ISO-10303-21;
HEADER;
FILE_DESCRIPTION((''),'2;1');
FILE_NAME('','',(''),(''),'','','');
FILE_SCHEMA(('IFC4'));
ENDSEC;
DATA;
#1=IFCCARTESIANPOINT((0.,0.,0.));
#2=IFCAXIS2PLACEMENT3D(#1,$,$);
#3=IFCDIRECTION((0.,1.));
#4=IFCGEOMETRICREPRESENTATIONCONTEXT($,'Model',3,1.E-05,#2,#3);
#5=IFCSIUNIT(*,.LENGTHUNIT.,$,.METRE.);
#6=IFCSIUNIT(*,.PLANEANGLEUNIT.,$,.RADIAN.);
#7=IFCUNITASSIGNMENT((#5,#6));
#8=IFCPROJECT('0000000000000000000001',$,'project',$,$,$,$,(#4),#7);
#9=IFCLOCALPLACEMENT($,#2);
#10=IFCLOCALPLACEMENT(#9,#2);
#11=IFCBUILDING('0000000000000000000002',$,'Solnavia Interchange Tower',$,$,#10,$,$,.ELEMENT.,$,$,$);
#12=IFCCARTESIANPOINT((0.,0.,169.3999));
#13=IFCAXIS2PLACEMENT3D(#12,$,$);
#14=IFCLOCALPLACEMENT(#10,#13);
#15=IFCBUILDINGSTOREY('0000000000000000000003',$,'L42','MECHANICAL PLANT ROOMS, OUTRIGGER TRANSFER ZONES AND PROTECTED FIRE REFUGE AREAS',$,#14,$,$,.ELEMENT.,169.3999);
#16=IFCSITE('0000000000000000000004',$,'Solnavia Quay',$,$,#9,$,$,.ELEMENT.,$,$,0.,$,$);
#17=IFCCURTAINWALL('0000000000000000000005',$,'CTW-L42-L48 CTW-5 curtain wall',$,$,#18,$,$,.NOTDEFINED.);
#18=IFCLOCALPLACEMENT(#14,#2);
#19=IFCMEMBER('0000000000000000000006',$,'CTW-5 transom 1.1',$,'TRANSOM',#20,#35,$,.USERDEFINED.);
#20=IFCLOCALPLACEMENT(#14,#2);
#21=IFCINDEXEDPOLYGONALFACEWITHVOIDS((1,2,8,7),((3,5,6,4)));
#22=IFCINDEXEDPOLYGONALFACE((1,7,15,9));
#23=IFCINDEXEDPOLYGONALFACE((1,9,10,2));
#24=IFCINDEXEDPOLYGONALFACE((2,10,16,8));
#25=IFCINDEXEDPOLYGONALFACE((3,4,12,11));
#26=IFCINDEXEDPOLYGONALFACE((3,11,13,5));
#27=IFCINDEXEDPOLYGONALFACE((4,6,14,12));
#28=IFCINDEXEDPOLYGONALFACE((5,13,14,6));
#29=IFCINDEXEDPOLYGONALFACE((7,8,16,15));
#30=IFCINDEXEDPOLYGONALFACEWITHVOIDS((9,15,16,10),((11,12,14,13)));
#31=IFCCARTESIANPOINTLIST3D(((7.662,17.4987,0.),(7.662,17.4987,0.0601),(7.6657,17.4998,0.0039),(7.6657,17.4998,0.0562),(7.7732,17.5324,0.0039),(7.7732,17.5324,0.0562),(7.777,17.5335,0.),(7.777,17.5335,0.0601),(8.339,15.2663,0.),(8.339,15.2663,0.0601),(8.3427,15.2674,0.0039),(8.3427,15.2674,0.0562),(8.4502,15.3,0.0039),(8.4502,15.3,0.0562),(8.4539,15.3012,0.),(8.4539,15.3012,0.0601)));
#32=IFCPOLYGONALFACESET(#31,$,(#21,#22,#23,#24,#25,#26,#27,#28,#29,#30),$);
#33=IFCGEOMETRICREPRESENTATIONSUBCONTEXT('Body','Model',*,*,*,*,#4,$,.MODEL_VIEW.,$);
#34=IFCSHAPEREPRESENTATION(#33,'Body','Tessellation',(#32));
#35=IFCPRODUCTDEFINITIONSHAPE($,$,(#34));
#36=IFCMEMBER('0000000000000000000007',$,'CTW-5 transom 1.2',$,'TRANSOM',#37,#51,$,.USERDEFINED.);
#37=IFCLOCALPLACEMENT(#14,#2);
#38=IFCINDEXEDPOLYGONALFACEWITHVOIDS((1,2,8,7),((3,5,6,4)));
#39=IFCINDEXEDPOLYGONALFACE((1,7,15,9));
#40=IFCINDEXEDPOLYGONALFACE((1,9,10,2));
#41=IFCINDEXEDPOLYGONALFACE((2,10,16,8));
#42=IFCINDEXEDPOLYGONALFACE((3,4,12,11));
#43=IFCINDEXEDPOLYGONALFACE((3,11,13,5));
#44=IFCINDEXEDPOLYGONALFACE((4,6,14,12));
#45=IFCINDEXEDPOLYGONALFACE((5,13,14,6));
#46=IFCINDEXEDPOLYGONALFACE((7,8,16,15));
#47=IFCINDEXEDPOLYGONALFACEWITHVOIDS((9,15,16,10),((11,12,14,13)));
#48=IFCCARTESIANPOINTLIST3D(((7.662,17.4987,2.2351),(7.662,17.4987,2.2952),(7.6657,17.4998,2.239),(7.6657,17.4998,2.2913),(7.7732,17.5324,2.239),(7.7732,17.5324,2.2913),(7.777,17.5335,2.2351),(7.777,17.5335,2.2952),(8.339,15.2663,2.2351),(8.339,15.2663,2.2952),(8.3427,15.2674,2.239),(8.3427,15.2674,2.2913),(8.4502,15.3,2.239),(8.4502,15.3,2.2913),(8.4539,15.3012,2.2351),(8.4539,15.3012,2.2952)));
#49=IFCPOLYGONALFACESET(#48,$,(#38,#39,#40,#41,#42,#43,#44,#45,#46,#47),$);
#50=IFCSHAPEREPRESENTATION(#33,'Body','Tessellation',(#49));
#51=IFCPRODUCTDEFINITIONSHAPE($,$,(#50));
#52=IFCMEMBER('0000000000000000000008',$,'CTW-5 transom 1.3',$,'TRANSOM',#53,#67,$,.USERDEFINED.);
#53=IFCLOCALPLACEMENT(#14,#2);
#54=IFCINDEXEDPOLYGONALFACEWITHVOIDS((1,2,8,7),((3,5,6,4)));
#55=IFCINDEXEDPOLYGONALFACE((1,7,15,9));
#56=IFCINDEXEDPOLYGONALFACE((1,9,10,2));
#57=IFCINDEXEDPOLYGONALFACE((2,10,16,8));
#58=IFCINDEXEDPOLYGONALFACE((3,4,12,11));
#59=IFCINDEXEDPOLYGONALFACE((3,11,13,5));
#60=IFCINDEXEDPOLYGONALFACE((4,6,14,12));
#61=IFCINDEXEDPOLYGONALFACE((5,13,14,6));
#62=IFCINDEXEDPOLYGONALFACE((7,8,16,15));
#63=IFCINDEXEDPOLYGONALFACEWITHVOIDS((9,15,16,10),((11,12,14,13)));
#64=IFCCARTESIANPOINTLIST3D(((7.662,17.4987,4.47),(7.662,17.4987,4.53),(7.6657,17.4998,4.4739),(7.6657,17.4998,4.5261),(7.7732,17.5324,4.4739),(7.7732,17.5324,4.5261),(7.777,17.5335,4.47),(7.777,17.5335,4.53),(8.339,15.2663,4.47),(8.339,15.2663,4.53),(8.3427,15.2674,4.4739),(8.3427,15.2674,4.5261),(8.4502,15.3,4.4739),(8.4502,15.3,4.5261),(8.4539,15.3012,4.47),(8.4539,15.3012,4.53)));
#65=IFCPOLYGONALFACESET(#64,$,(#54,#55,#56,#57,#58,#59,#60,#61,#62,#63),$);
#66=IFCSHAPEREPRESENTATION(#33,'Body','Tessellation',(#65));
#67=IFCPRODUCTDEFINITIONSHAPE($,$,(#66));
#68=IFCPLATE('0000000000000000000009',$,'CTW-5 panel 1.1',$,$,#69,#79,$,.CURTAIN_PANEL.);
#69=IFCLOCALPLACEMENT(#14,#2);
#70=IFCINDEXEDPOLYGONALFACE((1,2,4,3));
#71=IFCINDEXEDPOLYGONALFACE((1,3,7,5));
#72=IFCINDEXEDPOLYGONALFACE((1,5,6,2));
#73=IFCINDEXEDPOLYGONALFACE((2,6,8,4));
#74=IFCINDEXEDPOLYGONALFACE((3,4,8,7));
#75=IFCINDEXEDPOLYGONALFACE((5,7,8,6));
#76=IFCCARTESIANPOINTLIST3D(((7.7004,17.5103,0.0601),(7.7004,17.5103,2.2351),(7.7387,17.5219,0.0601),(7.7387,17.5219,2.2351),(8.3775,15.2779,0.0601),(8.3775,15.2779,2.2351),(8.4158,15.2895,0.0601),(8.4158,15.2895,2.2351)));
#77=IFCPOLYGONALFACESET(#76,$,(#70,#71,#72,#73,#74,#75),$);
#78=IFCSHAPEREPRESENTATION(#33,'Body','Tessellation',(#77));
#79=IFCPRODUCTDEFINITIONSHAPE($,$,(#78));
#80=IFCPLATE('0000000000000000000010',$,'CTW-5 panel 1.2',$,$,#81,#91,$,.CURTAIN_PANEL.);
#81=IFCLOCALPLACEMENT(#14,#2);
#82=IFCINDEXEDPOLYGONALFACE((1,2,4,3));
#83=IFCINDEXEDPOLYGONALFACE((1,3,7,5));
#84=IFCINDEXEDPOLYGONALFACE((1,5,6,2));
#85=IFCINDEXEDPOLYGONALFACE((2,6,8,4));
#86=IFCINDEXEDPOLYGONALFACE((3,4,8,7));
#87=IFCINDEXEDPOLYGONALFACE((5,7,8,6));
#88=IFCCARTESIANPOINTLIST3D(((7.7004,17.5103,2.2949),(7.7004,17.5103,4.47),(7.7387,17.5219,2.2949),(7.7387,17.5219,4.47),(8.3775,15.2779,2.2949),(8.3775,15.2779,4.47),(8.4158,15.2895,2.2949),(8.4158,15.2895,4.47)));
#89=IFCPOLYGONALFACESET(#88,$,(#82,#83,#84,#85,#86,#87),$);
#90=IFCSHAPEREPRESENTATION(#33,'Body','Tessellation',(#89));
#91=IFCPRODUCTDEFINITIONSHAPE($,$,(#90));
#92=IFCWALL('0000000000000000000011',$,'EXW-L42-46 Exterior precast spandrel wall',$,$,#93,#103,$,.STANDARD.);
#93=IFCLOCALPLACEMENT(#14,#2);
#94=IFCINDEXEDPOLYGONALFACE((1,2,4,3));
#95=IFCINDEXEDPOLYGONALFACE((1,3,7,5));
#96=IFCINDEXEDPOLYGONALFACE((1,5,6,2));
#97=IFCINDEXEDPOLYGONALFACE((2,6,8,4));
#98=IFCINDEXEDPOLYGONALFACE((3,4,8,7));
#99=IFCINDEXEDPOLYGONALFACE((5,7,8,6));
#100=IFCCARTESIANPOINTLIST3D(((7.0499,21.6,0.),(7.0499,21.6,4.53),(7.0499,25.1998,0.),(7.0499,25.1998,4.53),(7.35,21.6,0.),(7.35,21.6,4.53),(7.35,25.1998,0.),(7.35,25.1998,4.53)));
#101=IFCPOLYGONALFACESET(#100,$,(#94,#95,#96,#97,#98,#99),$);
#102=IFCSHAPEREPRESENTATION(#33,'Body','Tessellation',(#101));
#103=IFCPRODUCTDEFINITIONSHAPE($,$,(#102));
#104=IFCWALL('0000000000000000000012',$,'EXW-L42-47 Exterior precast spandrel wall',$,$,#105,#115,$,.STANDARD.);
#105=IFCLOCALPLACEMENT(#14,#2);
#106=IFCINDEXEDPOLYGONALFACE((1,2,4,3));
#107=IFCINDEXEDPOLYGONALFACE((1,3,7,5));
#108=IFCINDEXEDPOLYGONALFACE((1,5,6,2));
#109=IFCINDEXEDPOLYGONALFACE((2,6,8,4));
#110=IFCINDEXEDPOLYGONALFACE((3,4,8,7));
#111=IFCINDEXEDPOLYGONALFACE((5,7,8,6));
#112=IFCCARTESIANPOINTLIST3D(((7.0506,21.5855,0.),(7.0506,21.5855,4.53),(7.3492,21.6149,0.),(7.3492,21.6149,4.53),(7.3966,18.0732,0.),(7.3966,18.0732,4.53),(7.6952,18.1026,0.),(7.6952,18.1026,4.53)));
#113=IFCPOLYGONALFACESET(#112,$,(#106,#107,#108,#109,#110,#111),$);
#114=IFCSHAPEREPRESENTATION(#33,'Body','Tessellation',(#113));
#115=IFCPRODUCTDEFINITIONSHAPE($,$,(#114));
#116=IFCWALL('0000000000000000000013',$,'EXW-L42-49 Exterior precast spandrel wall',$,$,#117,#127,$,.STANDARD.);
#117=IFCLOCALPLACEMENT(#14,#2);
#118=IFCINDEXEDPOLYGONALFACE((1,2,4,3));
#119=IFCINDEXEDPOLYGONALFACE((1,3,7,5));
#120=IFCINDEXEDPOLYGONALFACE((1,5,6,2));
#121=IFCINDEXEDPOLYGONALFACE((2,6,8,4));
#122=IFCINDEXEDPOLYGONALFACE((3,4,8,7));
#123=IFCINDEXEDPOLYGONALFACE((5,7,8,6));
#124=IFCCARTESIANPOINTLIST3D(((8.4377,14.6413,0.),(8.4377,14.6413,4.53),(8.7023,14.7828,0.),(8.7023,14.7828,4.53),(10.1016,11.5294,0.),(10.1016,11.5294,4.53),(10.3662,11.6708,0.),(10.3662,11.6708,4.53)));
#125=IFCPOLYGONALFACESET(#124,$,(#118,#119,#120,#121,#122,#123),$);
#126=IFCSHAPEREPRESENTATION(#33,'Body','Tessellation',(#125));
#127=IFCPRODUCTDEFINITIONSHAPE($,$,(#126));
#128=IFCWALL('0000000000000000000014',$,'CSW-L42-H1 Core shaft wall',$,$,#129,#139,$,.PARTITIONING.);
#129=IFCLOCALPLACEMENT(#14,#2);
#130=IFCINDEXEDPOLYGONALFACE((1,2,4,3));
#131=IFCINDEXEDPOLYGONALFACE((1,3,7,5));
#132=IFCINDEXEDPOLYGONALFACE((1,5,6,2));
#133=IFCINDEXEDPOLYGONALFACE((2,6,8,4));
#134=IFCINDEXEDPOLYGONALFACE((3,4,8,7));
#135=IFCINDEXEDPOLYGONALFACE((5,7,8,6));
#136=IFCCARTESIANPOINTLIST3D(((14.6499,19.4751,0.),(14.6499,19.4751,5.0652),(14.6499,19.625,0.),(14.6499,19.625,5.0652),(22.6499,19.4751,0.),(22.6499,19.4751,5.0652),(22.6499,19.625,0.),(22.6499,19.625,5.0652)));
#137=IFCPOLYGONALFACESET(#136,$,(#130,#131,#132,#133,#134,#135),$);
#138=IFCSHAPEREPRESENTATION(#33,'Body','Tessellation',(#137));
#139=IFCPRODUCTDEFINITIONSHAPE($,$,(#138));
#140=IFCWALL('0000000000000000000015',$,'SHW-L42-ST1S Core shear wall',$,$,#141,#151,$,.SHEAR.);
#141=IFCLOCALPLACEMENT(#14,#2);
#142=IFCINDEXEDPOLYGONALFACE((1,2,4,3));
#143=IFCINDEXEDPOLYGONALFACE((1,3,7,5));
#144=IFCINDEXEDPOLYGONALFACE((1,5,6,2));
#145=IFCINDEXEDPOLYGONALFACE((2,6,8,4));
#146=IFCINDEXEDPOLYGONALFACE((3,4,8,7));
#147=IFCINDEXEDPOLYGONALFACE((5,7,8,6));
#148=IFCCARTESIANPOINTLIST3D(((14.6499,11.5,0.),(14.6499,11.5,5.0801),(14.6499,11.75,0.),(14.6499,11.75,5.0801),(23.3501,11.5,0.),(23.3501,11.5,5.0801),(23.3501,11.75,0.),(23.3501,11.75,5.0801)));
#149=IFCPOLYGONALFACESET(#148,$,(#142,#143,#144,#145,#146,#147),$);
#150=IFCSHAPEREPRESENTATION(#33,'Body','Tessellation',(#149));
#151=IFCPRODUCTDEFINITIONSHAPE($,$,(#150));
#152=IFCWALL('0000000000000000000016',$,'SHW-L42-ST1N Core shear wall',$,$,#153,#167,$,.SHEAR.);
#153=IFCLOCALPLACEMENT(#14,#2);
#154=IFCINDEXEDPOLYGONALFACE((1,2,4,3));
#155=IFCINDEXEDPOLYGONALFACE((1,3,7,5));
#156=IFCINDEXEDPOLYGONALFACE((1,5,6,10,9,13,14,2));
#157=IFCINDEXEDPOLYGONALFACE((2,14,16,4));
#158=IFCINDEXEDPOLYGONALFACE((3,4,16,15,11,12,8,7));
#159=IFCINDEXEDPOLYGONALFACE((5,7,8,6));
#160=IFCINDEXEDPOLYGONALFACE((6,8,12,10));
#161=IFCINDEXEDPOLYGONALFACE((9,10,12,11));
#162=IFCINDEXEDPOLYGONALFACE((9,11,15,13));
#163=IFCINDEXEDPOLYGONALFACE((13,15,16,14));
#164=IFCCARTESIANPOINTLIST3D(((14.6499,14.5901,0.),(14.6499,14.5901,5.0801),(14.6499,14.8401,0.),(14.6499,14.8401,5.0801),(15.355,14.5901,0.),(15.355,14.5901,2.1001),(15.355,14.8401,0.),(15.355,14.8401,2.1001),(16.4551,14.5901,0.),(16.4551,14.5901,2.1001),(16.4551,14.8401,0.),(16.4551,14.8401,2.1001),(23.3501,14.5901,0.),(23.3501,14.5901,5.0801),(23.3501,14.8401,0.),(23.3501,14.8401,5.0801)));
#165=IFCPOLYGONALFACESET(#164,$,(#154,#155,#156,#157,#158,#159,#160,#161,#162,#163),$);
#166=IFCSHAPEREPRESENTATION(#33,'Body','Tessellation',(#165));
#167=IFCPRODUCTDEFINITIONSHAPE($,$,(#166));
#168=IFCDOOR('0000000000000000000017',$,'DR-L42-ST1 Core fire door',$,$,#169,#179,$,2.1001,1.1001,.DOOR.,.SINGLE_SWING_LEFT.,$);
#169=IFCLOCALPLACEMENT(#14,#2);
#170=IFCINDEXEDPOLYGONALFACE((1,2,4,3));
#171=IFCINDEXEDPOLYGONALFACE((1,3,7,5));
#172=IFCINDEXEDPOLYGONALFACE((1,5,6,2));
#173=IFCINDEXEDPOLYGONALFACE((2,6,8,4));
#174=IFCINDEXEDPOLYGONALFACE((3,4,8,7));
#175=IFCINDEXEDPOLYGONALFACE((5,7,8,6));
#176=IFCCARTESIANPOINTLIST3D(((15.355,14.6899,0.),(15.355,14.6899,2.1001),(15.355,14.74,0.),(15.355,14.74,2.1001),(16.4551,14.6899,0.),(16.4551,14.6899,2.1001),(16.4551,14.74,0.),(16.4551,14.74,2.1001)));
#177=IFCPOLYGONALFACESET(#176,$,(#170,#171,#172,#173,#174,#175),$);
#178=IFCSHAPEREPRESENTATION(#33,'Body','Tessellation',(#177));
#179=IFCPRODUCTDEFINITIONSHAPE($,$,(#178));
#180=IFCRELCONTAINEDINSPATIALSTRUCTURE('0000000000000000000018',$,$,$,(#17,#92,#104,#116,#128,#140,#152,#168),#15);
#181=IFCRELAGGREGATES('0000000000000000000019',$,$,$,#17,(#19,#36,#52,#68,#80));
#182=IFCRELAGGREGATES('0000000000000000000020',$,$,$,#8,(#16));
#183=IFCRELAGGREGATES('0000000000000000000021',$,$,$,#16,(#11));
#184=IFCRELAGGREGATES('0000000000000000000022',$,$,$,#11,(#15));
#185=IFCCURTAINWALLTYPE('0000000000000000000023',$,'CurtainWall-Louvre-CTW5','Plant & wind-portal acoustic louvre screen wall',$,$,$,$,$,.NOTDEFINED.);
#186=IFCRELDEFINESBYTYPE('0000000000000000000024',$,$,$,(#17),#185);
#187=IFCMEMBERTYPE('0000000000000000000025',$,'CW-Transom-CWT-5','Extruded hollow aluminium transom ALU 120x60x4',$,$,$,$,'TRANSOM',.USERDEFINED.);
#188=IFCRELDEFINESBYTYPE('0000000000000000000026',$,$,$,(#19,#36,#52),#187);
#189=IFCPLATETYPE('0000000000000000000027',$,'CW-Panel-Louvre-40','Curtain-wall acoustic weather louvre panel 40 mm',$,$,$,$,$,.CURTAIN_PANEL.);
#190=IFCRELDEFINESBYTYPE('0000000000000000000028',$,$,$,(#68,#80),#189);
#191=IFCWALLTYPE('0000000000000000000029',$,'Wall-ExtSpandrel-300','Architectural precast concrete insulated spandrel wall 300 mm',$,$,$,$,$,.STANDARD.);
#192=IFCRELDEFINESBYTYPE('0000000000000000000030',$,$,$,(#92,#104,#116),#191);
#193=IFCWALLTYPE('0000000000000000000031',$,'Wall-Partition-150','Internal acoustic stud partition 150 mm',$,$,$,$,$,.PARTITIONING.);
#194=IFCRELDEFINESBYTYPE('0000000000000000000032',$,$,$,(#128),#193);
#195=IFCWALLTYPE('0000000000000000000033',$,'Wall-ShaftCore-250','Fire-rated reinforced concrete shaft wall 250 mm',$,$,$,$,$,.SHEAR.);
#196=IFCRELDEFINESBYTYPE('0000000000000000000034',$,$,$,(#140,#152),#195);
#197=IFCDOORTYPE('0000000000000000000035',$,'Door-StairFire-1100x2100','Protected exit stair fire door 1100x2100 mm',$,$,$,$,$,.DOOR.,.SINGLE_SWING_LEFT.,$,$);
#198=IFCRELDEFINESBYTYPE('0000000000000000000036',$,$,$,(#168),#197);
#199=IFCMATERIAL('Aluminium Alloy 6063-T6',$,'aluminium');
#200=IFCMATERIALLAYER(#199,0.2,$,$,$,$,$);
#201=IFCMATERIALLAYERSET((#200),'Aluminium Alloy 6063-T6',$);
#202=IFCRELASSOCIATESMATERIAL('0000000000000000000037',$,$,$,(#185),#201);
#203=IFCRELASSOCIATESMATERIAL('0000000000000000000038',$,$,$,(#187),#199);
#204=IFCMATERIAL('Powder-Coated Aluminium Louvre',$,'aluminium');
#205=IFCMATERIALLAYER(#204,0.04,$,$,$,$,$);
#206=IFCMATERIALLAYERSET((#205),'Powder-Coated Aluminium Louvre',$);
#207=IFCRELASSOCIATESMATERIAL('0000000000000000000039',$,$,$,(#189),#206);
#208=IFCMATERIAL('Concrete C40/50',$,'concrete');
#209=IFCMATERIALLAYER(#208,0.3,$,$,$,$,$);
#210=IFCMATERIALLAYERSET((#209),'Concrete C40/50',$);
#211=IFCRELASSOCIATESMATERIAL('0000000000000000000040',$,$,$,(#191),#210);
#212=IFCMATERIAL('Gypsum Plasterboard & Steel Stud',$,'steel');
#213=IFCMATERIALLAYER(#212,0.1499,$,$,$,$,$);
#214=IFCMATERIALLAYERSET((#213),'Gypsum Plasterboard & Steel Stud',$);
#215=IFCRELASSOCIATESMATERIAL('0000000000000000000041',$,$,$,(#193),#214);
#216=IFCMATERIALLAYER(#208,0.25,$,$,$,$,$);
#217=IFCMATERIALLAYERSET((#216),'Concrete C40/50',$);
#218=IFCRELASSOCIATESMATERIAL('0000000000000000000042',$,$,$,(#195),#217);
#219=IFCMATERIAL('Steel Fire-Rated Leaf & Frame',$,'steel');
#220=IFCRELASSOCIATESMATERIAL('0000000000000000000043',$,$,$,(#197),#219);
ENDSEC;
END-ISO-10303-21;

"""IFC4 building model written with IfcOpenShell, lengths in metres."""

from ifc_helpers import new_model, si_unit, direction, frame, frame_2d, origin, origin_2d, place, context, subcontext, project, spatial, rectangle, hollow_rectangle, extrude, material, layer, layer_set, material_profile, profile_set, type_object, element, fill, aggregate, save


model = new_model("IFC4")

# Units and contexts
model_context = context("Model", 3, precision=1e-05, world=origin(), true_north=direction((0.0, 1.0)))
body_context = subcontext(model_context, "Body", "Model", "MODEL_VIEW")
ifc_project = project(units=[si_unit("LENGTHUNIT", "METRE"), si_unit("PLANEANGLEUNIT", "RADIAN")], contexts=[model_context])

# Site, building, storey
site_placement = place(None, origin())
site = spatial("IfcSite", under=ifc_project, at=site_placement, Name="Solnavia Quay", CompositionType="ELEMENT", RefElevation=0.0)
building_placement = place(site_placement, origin())
building = spatial("IfcBuilding", under=site, at=building_placement, Name="Solnavia Interchange Tower", CompositionType="ELEMENT")
storey_placement = place(building_placement, frame((0.0, 0.0, 169.3999)))
storey = spatial("IfcBuildingStorey", under=building, at=storey_placement, Name="L42", Description="MECHANICAL PLANT ROOMS, OUTRIGGER TRANSFER ZONES AND PROTECTED FIRE REFUGE AREAS", CompositionType="ELEMENT", Elevation=169.3999)

# Curtain wall, members, plates
ifc_material_1 = material(Name="Aluminium Alloy 6063-T6", Category="aluminium")
ifc_layer_1 = layer(ifc_material_1, 0.2)
ifc_layer_set_1 = layer_set([ifc_layer_1], Name="Aluminium Alloy 6063-T6")
curtain_wall_type = type_object("IfcCurtainWallType", Name="CurtainWall-Louvre-CTW5", Description="Plant & wind-portal acoustic louvre screen wall", PredefinedType="NOTDEFINED", material=ifc_layer_set_1)
curtain_wall_placement = place(storey_placement, origin())
curtain_wall = element("IfcCurtainWall", 1, at=curtain_wall_placement, inside=storey, type_object=curtain_wall_type, Name="CTW-L42-L48 CTW-5 curtain wall", PredefinedType="NOTDEFINED")
ifc_material_profile_1 = material_profile(ifc_material_1, hollow_rectangle(XDim=0.0601, YDim=0.1201, WallThickness=0.0039, at=origin_2d()), Name="ALU 120x60x4")
ifc_profile_set_1 = profile_set([ifc_material_profile_1], Name="Aluminium Alloy 6063-T6")
member_type_1 = type_object("IfcMemberType", Name="CW-Transom-CWT-5", Description="Extruded hollow aluminium transom ALU 120x60x4", ElementType="TRANSOM", PredefinedType="USERDEFINED", material=ifc_profile_set_1)
member_1_placement = place(storey_placement, frame((7.7195, 17.5161, 0.03), z_axis=(0.290208, -0.956964, 0.0), x_axis=(0.0, 0.0, 1.0)))
member_1 = element("IfcMember", 2, at=member_1_placement, type_object=member_type_1, Name="CTW-5 transom 1.1", ObjectType="TRANSOM", PredefinedType="USERDEFINED", context=body_context, shape_type="SweptSolid", body=[
    extrude(hollow_rectangle(XDim=0.0601, YDim=0.1201, WallThickness=0.0039, at=origin_2d()), origin(), (0.0, 0.0, 1.0), 2.3328),
])
member_2_placement = place(storey_placement, frame((7.7195, 17.5161, 2.2651), z_axis=(0.290208, -0.956964, 0.0), x_axis=(0.0, 0.0, 1.0)))
member_2 = element("IfcMember", 3, at=member_2_placement, type_object=member_type_1, Name="CTW-5 transom 1.2", ObjectType="TRANSOM", PredefinedType="USERDEFINED", context=body_context, shape_type="SweptSolid", body=[
    extrude(hollow_rectangle(XDim=0.0601, YDim=0.1201, WallThickness=0.0039, at=origin_2d()), origin(), (0.0, 0.0, 1.0), 2.3328),
])
member_3_placement = place(storey_placement, frame((7.7195, 17.5161, 4.5), z_axis=(0.290208, -0.956964, 0.0), x_axis=(0.0, 0.0, 1.0)))
member_3 = element("IfcMember", 4, at=member_3_placement, type_object=member_type_1, Name="CTW-5 transom 1.3", ObjectType="TRANSOM", PredefinedType="USERDEFINED", context=body_context, shape_type="SweptSolid", body=[
    extrude(hollow_rectangle(XDim=0.0601, YDim=0.1201, WallThickness=0.0039, at=origin_2d()), origin(), (0.0, 0.0, 1.0), 2.3328),
])
ifc_material_2 = material(Name="Powder-Coated Aluminium Louvre", Category="aluminium")
ifc_layer_2 = layer(ifc_material_2, 0.04)
ifc_layer_set_2 = layer_set([ifc_layer_2], Name="Powder-Coated Aluminium Louvre")
plate_type = type_object("IfcPlateType", Name="CW-Panel-Louvre-40", Description="Curtain-wall acoustic weather louvre panel 40 mm", PredefinedType="CURTAIN_PANEL", material=ifc_layer_set_2)
plate_1_placement = place(storey_placement, frame((8.0581, 16.3999, 0.0601), z_axis=(0.0, 0.0, 1.0), x_axis=(0.290237, -0.956955, 0.0)))
plate_1 = element("IfcPlate", 5, at=plate_1_placement, type_object=plate_type, Name="CTW-5 panel 1.1", PredefinedType="CURTAIN_PANEL", context=body_context, shape_type="SweptSolid", body=[
    extrude(rectangle(XDim=2.3328, YDim=0.04, at=origin_2d()), origin(), (0.0, 0.0, 1.0), 2.175),
])
plate_2_placement = place(storey_placement, frame((8.0581, 16.3999, 2.2949), z_axis=(0.0, 0.0, 1.0), x_axis=(0.290237, -0.956955, 0.0)))
plate_2 = element("IfcPlate", 6, at=plate_2_placement, type_object=plate_type, Name="CTW-5 panel 1.2", PredefinedType="CURTAIN_PANEL", context=body_context, shape_type="SweptSolid", body=[
    extrude(rectangle(XDim=2.3328, YDim=0.04, at=origin_2d()), origin(), (0.0, 0.0, 1.0), 2.175),
])
aggregate(curtain_wall, [member_1, member_2, member_3, plate_1, plate_2])

# Walls
ifc_material_3 = material(Name="Concrete C40/50", Category="concrete")
ifc_layer_3 = layer(ifc_material_3, 0.3)
ifc_layer_set_3 = layer_set([ifc_layer_3], Name="Concrete C40/50")
wall_type_1 = type_object("IfcWallType", Name="Wall-ExtSpandrel-300", Description="Architectural precast concrete insulated spandrel wall 300 mm", PredefinedType="STANDARD", material=ifc_layer_set_3)
wall_1_placement = place(storey_placement, frame((7.2, 21.6001, 0.0), z_axis=(0.0, 0.0, 1.0), x_axis=(0.0, 1.0, 0.0)))
element("IfcWall", 7, at=wall_1_placement, inside=storey, type_object=wall_type_1, Name="EXW-L42-46 Exterior precast spandrel wall", PredefinedType="STANDARD", context=body_context, shape_type="SweptSolid", body=[
    extrude(rectangle(XDim=3.5999, YDim=0.3, at=frame_2d((1.7998, 0.0))), origin(), (0.0, 0.0, 1.0), 4.53),
])
wall_2_placement = place(storey_placement, frame((7.5459, 18.0879, 0.0), z_axis=(0.0, 0.0, 1.0), x_axis=(-0.098024, 0.995184, 0.0)))
element("IfcWall", 8, at=wall_2_placement, inside=storey, type_object=wall_type_1, Name="EXW-L42-47 Exterior precast spandrel wall", PredefinedType="STANDARD", context=body_context, shape_type="SweptSolid", body=[
    extrude(rectangle(XDim=3.5293, YDim=0.3, at=frame_2d((1.7646, 0.0))), origin(), (0.0, 0.0, 1.0), 4.53),
])
wall_3_placement = place(storey_placement, frame((10.2339, 11.6001, 0.0), z_axis=(0.0, 0.0, 1.0), x_axis=(-0.471511, 0.88186, 0.0)))
element("IfcWall", 9, at=wall_3_placement, inside=storey, type_object=wall_type_1, Name="EXW-L42-49 Exterior precast spandrel wall", PredefinedType="STANDARD", context=body_context, shape_type="SweptSolid", body=[
    extrude(rectangle(XDim=3.5288, YDim=0.3, at=frame_2d((1.7644, 0.0))), origin(), (0.0, 0.0, 1.0), 4.53),
])
ifc_material_4 = material(Name="Gypsum Plasterboard & Steel Stud", Category="steel")
ifc_layer_4 = layer(ifc_material_4, 0.1499)
ifc_layer_set_4 = layer_set([ifc_layer_4], Name="Gypsum Plasterboard & Steel Stud")
wall_type_2 = type_object("IfcWallType", Name="Wall-Partition-150", Description="Internal acoustic stud partition 150 mm", PredefinedType="PARTITIONING", material=ifc_layer_set_4)
wall_4_placement = place(storey_placement, frame((14.6499, 19.55, 0.0), z_axis=(0.0, 0.0, 1.0), x_axis=(1.0, 0.0, 0.0)))
element("IfcWall", 10, at=wall_4_placement, inside=storey, type_object=wall_type_2, Name="CSW-L42-H1 Core shaft wall", PredefinedType="PARTITIONING", context=body_context, shape_type="SweptSolid", body=[
    extrude(rectangle(XDim=8.0, YDim=0.1499, at=frame_2d((4.0, 0.0))), origin(), (0.0, 0.0, 1.0), 5.0652),
])
ifc_layer_5 = layer(ifc_material_3, 0.25)
ifc_layer_set_5 = layer_set([ifc_layer_5], Name="Concrete C40/50")
wall_type_3 = type_object("IfcWallType", Name="Wall-ShaftCore-250", Description="Fire-rated reinforced concrete shaft wall 250 mm", PredefinedType="SHEAR", material=ifc_layer_set_5)
wall_5_placement = place(storey_placement, frame((14.6499, 11.625, 0.0), z_axis=(0.0, 0.0, 1.0), x_axis=(1.0, 0.0, 0.0)))
element("IfcWall", 11, at=wall_5_placement, inside=storey, type_object=wall_type_3, Name="SHW-L42-ST1S Core shear wall", PredefinedType="SHEAR", context=body_context, shape_type="SweptSolid", body=[
    extrude(rectangle(XDim=8.7002, YDim=0.25, at=frame_2d((4.3501, 0.0))), origin(), (0.0, 0.0, 1.0), 5.0801),
])

# Wall, opening, door
wall_6_placement = place(storey_placement, frame((14.6499, 14.7151, 0.0), z_axis=(0.0, 0.0, 1.0), x_axis=(1.0, 0.0, 0.0)))
wall_6 = element("IfcWall", 12, at=wall_6_placement, inside=storey, type_object=wall_type_3, Name="SHW-L42-ST1N Core shear wall", PredefinedType="SHEAR", context=body_context, shape_type="SweptSolid", body=[
    extrude(rectangle(XDim=8.7002, YDim=0.25, at=frame_2d((4.3501, 0.0))), origin(), (0.0, 0.0, 1.0), 5.0801),
])
opening_placement = place(wall_6_placement, frame((0.7051, 0.0, 0.0)))
opening = element("IfcOpeningElement", 13, at=opening_placement, cuts=wall_6, PredefinedType="OPENING", context=body_context, shape_type="SweptSolid", body=[
    extrude(rectangle(XDim=1.1001, YDim=2.1001, at=frame_2d((0.55, 1.05))), frame((0.0, 0.135, 0.0), z_axis=(0.0, -1.0, 0.0), x_axis=(1.0, 0.0, 0.0)), (0.0, 0.0, 1.0), 0.27),
])
ifc_material_5 = material(Name="Steel Fire-Rated Leaf & Frame", Category="steel")
door_type = type_object("IfcDoorType", Name="Door-StairFire-1100x2100", Description="Protected exit stair fire door 1100x2100 mm", OperationType="SINGLE_SWING_LEFT", PredefinedType="DOOR", material=ifc_material_5)
door_placement = place(opening_placement, origin())
door = element("IfcDoor", 14, at=door_placement, inside=storey, type_object=door_type, Name="DR-L42-ST1 Core fire door", OperationType="SINGLE_SWING_LEFT", OverallHeight=2.1001, OverallWidth=1.1001, PredefinedType="DOOR", context=body_context, shape_type="SweptSolid", body=[
    extrude(rectangle(XDim=1.1001, YDim=2.1001, at=frame_2d((0.55, 1.05))), frame((0.0, 0.0249, 0.0), z_axis=(0.0, -1.0, 0.0), x_axis=(1.0, 0.0, 0.0)), (0.0, 0.0, 1.0), 0.05),
])
fill(opening, door)

save(model, "model.ifc")
